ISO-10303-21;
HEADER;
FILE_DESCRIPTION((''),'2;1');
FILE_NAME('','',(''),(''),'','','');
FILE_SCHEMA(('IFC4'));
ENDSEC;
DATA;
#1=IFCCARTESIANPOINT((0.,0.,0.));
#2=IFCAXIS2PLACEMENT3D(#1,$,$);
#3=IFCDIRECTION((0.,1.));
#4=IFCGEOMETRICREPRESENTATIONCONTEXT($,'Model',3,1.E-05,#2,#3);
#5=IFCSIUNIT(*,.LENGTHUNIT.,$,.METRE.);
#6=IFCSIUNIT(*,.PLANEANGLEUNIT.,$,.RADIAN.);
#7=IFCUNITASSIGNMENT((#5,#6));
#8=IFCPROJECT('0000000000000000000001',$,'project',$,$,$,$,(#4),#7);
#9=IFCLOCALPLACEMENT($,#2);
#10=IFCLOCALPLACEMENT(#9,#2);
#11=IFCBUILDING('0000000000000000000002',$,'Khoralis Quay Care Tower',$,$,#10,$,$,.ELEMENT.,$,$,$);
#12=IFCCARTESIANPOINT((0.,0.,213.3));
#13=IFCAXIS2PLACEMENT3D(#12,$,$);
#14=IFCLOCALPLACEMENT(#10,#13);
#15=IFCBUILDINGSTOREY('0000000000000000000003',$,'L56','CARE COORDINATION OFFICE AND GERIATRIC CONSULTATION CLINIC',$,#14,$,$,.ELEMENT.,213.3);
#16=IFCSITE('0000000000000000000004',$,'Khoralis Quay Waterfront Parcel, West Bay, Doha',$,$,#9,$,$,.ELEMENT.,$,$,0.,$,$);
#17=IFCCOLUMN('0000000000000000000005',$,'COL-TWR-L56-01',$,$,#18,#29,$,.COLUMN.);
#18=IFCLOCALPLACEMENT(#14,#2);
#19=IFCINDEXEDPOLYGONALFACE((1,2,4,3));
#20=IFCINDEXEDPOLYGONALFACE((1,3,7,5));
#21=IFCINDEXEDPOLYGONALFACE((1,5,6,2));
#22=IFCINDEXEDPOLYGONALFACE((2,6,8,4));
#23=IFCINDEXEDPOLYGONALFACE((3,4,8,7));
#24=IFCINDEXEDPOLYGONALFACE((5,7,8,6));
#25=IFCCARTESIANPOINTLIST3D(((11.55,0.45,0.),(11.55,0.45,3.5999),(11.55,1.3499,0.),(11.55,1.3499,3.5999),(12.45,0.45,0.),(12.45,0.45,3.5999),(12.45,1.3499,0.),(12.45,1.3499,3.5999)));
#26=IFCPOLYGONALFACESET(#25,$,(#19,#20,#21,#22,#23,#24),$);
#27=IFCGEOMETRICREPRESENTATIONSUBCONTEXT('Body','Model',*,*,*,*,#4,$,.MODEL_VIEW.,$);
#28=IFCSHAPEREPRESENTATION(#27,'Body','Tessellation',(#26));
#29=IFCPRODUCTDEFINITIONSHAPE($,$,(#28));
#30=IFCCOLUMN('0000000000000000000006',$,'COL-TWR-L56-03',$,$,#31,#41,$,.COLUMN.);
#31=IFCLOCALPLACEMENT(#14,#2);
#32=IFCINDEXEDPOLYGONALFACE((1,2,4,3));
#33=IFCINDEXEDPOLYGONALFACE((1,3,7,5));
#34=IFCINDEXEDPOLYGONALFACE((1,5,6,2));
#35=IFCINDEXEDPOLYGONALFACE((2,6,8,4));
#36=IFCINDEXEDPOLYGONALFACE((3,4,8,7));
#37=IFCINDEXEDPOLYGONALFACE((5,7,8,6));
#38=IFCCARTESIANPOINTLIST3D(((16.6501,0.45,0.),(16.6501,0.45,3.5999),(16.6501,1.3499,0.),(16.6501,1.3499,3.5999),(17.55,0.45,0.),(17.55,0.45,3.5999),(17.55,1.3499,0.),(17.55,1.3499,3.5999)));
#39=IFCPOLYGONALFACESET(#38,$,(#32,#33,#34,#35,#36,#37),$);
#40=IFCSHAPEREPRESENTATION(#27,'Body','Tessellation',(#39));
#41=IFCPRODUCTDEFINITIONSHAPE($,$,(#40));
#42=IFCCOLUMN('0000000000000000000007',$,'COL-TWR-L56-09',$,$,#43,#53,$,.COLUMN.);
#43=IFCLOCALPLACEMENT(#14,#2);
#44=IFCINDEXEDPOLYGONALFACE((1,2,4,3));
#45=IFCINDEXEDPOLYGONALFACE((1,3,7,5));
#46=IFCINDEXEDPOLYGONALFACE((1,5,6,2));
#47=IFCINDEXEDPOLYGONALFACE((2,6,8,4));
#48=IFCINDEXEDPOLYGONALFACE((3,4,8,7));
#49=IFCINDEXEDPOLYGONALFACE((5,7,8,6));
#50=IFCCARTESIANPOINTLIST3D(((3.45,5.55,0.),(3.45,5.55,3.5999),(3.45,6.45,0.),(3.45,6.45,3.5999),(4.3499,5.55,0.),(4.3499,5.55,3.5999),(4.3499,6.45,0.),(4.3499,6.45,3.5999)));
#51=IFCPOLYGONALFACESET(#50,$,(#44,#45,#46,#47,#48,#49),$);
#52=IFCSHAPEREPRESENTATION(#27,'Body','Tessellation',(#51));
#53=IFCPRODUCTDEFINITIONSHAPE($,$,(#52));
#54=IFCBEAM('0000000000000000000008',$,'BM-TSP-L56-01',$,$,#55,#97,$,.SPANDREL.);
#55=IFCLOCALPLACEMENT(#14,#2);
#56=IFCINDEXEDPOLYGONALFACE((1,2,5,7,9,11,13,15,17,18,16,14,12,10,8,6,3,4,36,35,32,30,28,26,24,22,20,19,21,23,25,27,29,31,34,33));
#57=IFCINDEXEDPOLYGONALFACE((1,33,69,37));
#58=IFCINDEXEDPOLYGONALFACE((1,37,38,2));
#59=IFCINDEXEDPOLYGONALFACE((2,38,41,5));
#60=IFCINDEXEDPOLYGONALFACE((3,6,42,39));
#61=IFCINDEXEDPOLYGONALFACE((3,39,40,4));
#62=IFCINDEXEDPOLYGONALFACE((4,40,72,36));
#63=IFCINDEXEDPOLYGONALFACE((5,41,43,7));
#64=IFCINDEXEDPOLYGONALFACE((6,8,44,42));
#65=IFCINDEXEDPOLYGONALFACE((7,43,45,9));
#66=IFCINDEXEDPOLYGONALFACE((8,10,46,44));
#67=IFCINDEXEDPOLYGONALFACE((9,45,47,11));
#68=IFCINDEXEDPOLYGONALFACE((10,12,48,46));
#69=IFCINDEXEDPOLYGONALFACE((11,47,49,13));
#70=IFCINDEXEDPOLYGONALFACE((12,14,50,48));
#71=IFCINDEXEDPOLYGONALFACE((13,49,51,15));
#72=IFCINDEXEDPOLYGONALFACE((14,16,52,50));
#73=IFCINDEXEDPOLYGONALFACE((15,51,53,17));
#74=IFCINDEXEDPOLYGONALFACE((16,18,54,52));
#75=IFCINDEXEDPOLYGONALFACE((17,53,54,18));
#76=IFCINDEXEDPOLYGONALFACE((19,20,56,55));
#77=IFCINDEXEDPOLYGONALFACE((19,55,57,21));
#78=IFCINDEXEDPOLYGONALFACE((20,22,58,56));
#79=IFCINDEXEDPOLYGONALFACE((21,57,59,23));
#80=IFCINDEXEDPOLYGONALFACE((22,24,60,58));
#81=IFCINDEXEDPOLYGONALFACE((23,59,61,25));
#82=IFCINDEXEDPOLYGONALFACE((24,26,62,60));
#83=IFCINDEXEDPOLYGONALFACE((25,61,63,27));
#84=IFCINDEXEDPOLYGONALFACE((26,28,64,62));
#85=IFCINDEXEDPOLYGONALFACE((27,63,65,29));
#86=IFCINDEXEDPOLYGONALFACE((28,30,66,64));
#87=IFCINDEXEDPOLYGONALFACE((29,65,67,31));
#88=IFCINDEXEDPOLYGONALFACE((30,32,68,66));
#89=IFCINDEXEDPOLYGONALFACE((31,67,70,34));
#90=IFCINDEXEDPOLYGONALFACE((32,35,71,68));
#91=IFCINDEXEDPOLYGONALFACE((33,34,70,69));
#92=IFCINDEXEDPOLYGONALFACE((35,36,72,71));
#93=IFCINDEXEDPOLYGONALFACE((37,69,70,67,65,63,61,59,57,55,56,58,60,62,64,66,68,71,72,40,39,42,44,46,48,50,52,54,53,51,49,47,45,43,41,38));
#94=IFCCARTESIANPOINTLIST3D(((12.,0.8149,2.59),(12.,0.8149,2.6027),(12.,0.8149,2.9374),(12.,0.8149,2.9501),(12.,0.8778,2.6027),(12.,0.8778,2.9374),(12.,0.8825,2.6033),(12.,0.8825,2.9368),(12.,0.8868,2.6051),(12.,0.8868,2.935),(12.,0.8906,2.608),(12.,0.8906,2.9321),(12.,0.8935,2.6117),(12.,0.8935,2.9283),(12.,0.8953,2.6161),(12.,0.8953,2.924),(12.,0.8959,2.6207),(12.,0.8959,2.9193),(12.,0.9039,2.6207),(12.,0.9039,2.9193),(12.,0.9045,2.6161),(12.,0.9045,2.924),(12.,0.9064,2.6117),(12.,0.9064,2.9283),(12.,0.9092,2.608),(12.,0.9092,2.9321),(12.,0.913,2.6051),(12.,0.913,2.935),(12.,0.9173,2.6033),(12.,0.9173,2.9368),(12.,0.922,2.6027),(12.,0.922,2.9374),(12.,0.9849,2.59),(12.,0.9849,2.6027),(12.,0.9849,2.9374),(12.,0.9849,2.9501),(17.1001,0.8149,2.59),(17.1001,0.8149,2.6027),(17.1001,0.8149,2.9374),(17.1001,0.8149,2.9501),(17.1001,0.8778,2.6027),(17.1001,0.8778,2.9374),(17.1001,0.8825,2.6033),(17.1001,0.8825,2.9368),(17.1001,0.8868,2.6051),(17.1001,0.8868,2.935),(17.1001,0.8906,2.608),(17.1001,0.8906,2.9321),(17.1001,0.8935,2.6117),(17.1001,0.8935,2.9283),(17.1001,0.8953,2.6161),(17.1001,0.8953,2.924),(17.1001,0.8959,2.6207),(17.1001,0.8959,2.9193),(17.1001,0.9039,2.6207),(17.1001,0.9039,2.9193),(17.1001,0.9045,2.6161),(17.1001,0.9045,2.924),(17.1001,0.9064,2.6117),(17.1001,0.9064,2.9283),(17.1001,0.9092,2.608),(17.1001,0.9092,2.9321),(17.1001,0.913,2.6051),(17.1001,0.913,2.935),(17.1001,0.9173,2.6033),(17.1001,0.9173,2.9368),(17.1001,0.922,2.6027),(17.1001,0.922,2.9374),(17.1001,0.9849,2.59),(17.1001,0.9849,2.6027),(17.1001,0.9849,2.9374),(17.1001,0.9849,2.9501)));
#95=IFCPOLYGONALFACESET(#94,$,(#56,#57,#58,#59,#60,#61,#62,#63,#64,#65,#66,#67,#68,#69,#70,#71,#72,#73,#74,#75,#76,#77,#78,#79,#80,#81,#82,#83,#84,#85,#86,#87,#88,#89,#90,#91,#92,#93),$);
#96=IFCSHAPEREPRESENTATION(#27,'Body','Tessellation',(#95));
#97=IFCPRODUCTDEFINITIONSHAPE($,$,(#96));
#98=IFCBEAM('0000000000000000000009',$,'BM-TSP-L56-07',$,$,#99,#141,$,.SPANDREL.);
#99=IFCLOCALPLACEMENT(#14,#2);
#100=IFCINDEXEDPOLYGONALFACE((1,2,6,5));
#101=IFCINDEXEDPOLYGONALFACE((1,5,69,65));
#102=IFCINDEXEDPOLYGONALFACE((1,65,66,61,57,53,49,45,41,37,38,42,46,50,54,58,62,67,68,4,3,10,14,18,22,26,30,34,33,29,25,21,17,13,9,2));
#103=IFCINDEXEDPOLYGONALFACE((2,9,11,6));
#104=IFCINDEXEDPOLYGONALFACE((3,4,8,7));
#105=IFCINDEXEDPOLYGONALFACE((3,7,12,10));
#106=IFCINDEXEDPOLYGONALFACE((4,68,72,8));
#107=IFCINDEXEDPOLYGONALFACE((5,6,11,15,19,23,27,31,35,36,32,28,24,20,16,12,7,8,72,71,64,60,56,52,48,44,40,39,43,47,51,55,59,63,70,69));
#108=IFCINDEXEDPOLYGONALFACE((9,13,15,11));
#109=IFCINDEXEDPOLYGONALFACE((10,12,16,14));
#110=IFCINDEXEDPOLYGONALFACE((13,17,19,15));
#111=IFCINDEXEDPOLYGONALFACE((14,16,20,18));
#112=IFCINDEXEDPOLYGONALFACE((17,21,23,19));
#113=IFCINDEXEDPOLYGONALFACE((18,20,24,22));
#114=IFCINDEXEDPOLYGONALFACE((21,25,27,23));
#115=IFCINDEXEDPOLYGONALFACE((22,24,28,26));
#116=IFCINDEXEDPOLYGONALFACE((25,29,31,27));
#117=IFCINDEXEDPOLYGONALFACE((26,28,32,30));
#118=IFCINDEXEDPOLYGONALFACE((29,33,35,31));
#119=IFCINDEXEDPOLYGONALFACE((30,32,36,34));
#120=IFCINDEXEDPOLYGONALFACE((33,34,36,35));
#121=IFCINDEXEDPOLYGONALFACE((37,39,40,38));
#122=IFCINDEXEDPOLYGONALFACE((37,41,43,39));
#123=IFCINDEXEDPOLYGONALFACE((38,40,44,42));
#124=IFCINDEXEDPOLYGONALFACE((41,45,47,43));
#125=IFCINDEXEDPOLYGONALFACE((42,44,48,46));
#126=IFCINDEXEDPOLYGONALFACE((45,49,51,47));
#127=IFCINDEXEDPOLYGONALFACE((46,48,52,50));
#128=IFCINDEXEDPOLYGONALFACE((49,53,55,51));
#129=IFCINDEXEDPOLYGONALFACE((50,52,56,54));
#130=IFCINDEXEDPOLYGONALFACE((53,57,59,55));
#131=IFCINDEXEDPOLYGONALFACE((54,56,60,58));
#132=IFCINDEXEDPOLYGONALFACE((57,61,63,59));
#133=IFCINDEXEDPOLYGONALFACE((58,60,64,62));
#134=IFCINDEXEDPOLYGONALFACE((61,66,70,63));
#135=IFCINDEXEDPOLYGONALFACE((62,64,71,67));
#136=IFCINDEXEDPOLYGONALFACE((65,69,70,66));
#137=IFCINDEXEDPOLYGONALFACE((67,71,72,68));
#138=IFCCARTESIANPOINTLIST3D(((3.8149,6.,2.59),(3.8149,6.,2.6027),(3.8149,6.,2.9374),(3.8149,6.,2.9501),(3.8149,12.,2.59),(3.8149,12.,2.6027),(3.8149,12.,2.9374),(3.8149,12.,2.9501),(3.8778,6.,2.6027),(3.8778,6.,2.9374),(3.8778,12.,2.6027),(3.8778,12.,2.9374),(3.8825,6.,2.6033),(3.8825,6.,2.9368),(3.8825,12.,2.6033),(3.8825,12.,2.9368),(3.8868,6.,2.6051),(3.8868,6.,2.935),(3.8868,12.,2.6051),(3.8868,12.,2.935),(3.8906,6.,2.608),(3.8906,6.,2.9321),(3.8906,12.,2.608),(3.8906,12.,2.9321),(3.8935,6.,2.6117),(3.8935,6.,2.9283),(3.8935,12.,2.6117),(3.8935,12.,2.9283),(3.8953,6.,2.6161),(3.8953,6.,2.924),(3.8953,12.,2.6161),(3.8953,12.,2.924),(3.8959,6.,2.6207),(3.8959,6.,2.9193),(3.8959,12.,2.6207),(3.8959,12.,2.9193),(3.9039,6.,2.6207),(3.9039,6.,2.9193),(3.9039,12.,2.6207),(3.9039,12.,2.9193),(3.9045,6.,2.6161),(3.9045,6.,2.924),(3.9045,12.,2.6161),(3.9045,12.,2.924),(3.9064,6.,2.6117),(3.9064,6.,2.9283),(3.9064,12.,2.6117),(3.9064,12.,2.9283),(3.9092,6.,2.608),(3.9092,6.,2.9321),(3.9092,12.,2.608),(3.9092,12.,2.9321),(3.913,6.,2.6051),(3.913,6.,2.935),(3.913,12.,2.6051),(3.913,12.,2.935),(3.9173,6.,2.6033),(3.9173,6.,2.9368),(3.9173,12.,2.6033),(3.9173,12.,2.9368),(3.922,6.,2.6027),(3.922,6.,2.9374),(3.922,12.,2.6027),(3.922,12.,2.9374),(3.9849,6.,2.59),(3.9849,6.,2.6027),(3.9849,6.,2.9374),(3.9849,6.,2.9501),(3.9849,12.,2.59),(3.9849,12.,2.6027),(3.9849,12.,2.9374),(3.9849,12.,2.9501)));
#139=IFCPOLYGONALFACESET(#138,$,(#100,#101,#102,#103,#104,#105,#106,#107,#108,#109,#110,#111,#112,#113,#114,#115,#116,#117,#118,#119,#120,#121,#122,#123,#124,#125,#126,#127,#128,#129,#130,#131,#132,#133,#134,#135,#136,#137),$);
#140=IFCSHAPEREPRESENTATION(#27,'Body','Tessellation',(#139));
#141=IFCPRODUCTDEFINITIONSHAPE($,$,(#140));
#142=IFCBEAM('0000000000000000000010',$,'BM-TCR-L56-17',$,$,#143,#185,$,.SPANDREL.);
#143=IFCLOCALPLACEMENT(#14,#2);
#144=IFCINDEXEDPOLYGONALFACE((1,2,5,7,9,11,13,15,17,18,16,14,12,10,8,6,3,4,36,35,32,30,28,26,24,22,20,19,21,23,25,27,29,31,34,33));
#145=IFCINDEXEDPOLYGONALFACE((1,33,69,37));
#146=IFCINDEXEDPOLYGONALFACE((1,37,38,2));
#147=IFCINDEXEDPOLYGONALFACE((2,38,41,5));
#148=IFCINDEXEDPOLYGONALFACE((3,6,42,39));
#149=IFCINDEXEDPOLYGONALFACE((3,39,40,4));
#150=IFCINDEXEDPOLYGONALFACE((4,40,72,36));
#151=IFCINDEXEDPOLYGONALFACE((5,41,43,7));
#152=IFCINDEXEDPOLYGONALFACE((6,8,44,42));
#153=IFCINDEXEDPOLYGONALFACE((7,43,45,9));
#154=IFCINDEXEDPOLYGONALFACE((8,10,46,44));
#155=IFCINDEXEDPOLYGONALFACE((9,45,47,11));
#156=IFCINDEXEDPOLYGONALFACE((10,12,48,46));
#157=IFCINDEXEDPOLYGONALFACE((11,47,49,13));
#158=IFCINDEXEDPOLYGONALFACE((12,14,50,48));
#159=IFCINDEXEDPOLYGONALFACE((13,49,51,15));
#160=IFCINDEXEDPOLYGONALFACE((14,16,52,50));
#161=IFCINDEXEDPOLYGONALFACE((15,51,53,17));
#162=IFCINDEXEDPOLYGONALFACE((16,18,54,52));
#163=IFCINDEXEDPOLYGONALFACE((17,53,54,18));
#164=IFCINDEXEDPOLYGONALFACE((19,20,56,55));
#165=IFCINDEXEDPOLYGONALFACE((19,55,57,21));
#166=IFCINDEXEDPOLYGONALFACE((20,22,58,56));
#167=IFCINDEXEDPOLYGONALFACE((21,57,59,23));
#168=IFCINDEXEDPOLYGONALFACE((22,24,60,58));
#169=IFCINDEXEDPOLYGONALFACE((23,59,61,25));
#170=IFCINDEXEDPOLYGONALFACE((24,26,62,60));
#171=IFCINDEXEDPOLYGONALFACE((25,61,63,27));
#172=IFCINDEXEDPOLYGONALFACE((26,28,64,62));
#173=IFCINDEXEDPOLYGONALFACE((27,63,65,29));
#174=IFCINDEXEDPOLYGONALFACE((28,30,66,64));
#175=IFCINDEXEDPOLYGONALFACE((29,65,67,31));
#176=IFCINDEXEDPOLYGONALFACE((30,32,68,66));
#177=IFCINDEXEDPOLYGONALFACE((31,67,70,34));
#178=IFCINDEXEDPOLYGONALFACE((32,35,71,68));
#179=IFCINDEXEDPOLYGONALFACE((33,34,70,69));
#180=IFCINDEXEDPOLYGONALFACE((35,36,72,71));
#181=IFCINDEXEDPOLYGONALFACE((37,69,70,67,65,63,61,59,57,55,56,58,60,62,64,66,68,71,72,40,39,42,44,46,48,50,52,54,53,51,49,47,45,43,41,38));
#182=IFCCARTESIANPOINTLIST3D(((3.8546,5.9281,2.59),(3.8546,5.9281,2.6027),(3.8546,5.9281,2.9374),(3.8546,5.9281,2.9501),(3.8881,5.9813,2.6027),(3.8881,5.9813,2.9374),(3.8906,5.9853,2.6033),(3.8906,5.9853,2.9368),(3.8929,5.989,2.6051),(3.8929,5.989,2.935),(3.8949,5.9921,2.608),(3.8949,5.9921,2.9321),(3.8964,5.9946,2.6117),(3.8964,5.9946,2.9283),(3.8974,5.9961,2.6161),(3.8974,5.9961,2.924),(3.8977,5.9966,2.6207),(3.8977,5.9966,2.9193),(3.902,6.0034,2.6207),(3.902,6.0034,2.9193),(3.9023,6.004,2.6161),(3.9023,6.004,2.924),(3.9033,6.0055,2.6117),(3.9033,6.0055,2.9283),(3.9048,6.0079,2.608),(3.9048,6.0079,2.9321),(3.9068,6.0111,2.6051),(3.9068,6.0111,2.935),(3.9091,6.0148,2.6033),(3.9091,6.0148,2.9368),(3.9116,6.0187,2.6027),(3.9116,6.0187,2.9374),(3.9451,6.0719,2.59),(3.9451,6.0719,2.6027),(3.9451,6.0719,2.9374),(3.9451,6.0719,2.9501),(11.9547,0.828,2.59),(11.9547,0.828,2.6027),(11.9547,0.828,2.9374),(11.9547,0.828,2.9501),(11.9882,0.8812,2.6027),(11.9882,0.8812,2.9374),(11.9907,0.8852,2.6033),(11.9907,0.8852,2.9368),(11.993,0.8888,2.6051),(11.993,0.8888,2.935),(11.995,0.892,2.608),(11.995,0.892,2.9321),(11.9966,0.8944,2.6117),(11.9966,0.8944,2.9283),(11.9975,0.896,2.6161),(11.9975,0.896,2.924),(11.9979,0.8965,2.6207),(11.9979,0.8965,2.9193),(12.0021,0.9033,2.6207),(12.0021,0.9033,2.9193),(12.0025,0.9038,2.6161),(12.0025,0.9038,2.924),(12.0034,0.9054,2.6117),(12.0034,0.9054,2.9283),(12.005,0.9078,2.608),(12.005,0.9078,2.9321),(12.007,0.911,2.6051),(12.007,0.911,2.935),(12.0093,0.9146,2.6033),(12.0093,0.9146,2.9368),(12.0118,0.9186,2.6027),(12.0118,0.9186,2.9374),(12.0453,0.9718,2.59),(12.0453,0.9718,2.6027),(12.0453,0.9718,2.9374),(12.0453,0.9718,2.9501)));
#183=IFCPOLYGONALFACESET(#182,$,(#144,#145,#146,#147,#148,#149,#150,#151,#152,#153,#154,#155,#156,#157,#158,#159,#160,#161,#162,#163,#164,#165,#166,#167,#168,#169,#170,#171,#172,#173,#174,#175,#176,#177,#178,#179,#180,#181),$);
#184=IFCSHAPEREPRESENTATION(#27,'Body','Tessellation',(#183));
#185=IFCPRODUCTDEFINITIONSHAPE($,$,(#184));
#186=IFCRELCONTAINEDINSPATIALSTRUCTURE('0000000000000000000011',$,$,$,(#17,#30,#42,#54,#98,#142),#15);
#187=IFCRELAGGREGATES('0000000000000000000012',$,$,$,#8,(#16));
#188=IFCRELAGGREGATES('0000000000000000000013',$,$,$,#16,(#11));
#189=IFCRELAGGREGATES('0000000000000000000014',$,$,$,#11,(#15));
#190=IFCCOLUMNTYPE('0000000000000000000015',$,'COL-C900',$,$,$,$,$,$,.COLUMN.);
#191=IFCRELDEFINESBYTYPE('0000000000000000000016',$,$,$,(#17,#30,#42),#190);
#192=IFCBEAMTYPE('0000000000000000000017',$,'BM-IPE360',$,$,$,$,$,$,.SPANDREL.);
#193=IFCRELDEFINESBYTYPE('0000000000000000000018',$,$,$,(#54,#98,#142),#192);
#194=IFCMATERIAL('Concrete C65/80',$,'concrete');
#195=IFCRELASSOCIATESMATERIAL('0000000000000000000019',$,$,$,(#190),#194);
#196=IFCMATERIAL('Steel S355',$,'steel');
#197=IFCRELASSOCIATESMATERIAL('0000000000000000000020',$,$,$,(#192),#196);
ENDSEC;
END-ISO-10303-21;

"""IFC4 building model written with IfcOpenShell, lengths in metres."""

from ifc_helpers import new_model, si_unit, direction, frame, origin, origin_2d, place, context, subcontext, project, spatial, rectangle, i_section, extrude, source, transform, mapped, material, material_profile, profile_set, type_object, element, save


model = new_model("IFC4")

# Units and contexts
model_context = context("Model", 3, precision=1e-05, world=origin(), true_north=direction((0.0, 1.0)))
body_context = subcontext(model_context, "Body", "Model", "MODEL_VIEW")
ifc_project = project(units=[si_unit("LENGTHUNIT", "METRE"), si_unit("PLANEANGLEUNIT", "RADIAN")], contexts=[model_context])

# Site, building, storey
site_placement = place(None, origin())
site = spatial("IfcSite", under=ifc_project, at=site_placement, Name="Khoralis Quay Waterfront Parcel, West Bay, Doha", CompositionType="ELEMENT", RefElevation=0.0)
building_placement = place(site_placement, origin())
building = spatial("IfcBuilding", under=site, at=building_placement, Name="Khoralis Quay Care Tower", CompositionType="ELEMENT")
storey_placement = place(building_placement, frame((0.0, 0.0, 213.3)))
storey = spatial("IfcBuildingStorey", under=building, at=storey_placement, Name="L56", Description="CARE COORDINATION OFFICE AND GERIATRIC CONSULTATION CLINIC", CompositionType="ELEMENT", Elevation=213.3)

# Columns
ifc_material_1 = material(Name="Concrete C65/80", Category="concrete")
ifc_material_profile_1 = material_profile(ifc_material_1, rectangle(XDim=0.8999, YDim=0.8999, at=origin_2d()), Name="Concrete C65/80")
ifc_profile_set_1 = profile_set([ifc_material_profile_1], Name="Concrete C65/80")
column_type = type_object("IfcColumnType", Name="COL-C900", PredefinedType="COLUMN", material=ifc_profile_set_1)
shared_shape_1 = source(origin(), body_context, "Body", "SweptSolid", [
    extrude(rectangle(XDim=0.8999, YDim=0.8999, at=origin_2d()), origin(), (0.0, 0.0, 1.0), 3.5999),
])
for number, where, z_axis, x_axis, name in (
    (1, (12.0, 0.8999, 0.0), (0.0, 0.0, 1.0), (1.0, 0.0, 0.0), "COL-TWR-L56-01"),
    (2, (17.1001, 0.8999, 0.0), (0.0, 0.0, 1.0), (1.0, 0.0, 0.0), "COL-TWR-L56-03"),
    (3, (3.8999, 6.0, 0.0), (0.0, 0.0, 1.0), (1.0, 0.0, 0.0), "COL-TWR-L56-09"),
):
    element("IfcColumn", number, at=place(storey_placement, frame(where, z_axis=z_axis, x_axis=x_axis)), inside=storey, type_object=column_type, Name=name, PredefinedType="COLUMN", context=body_context, shape_type="MappedRepresentation", body=[
        mapped(shared_shape_1, transform((0.0, 0.0, 0.0), scale=1.0)),
    ])

# Beams
ifc_material_2 = material(Name="Steel S355", Category="steel")
ifc_material_profile_2 = material_profile(ifc_material_2, i_section(OverallWidth=0.1699, OverallDepth=0.3601, WebThickness=0.0081, FlangeThickness=0.0127, FilletRadius=0.0181, at=origin_2d()), Name="Steel S355")
ifc_profile_set_2 = profile_set([ifc_material_profile_2], Name="Steel S355")
beam_type_1 = type_object("IfcBeamType", Name="BM-IPE360", PredefinedType="SPANDREL", material=ifc_profile_set_2)
shared_shape_2 = source(origin(), body_context, "Body", "SweptSolid", [
    extrude(i_section(OverallWidth=0.1699, OverallDepth=0.3601, WebThickness=0.0081, FlangeThickness=0.0127, FilletRadius=0.0181, at=origin_2d()), origin(), (0.0, 0.0, 1.0), 5.1001),
])
beam_1_placement = place(storey_placement, frame((12.0, 0.8999, 2.77), z_axis=(1.0, 0.0, 0.0), x_axis=(0.0, 1.0, 0.0)))
element("IfcBeam", 4, at=beam_1_placement, inside=storey, type_object=beam_type_1, Name="BM-TSP-L56-01", PredefinedType="SPANDREL", context=body_context, shape_type="MappedRepresentation", body=[
    mapped(shared_shape_2, transform((0.0, 0.0, 0.0), scale=1.0)),
])
shared_shape_3 = source(origin(), body_context, "Body", "SweptSolid", [
    extrude(i_section(OverallWidth=0.1699, OverallDepth=0.3601, WebThickness=0.0081, FlangeThickness=0.0127, FilletRadius=0.0181, at=origin_2d()), origin(), (0.0, 0.0, 1.0), 6.0),
])
beam_2_placement = place(storey_placement, frame((3.8999, 6.0, 2.77), z_axis=(0.0, 1.0, 0.0), x_axis=(-1.0, 0.0, 0.0)))
element("IfcBeam", 5, at=beam_2_placement, inside=storey, type_object=beam_type_1, Name="BM-TSP-L56-07", PredefinedType="SPANDREL", context=body_context, shape_type="MappedRepresentation", body=[
    mapped(shared_shape_3, transform((0.0, 0.0, 0.0), scale=1.0)),
])
shared_shape_4 = source(origin(), body_context, "Body", "SweptSolid", [
    extrude(i_section(OverallWidth=0.1699, OverallDepth=0.3601, WebThickness=0.0081, FlangeThickness=0.0127, FilletRadius=0.0181, at=origin_2d()), origin(), (0.0, 0.0, 1.0), 9.572),
])
beam_3_placement = place(storey_placement, frame((12.0, 0.8999, 2.77), z_axis=(-0.846231, 0.532816, 0.0), x_axis=(-0.532816, -0.846231, 0.0)))
element("IfcBeam", 6, at=beam_3_placement, inside=storey, type_object=beam_type_1, Name="BM-TCR-L56-17", PredefinedType="SPANDREL", context=body_context, shape_type="MappedRepresentation", body=[
    mapped(shared_shape_4, transform((0.0, 0.0, 0.0), scale=1.0)),
])

save(model, "model.ifc")
